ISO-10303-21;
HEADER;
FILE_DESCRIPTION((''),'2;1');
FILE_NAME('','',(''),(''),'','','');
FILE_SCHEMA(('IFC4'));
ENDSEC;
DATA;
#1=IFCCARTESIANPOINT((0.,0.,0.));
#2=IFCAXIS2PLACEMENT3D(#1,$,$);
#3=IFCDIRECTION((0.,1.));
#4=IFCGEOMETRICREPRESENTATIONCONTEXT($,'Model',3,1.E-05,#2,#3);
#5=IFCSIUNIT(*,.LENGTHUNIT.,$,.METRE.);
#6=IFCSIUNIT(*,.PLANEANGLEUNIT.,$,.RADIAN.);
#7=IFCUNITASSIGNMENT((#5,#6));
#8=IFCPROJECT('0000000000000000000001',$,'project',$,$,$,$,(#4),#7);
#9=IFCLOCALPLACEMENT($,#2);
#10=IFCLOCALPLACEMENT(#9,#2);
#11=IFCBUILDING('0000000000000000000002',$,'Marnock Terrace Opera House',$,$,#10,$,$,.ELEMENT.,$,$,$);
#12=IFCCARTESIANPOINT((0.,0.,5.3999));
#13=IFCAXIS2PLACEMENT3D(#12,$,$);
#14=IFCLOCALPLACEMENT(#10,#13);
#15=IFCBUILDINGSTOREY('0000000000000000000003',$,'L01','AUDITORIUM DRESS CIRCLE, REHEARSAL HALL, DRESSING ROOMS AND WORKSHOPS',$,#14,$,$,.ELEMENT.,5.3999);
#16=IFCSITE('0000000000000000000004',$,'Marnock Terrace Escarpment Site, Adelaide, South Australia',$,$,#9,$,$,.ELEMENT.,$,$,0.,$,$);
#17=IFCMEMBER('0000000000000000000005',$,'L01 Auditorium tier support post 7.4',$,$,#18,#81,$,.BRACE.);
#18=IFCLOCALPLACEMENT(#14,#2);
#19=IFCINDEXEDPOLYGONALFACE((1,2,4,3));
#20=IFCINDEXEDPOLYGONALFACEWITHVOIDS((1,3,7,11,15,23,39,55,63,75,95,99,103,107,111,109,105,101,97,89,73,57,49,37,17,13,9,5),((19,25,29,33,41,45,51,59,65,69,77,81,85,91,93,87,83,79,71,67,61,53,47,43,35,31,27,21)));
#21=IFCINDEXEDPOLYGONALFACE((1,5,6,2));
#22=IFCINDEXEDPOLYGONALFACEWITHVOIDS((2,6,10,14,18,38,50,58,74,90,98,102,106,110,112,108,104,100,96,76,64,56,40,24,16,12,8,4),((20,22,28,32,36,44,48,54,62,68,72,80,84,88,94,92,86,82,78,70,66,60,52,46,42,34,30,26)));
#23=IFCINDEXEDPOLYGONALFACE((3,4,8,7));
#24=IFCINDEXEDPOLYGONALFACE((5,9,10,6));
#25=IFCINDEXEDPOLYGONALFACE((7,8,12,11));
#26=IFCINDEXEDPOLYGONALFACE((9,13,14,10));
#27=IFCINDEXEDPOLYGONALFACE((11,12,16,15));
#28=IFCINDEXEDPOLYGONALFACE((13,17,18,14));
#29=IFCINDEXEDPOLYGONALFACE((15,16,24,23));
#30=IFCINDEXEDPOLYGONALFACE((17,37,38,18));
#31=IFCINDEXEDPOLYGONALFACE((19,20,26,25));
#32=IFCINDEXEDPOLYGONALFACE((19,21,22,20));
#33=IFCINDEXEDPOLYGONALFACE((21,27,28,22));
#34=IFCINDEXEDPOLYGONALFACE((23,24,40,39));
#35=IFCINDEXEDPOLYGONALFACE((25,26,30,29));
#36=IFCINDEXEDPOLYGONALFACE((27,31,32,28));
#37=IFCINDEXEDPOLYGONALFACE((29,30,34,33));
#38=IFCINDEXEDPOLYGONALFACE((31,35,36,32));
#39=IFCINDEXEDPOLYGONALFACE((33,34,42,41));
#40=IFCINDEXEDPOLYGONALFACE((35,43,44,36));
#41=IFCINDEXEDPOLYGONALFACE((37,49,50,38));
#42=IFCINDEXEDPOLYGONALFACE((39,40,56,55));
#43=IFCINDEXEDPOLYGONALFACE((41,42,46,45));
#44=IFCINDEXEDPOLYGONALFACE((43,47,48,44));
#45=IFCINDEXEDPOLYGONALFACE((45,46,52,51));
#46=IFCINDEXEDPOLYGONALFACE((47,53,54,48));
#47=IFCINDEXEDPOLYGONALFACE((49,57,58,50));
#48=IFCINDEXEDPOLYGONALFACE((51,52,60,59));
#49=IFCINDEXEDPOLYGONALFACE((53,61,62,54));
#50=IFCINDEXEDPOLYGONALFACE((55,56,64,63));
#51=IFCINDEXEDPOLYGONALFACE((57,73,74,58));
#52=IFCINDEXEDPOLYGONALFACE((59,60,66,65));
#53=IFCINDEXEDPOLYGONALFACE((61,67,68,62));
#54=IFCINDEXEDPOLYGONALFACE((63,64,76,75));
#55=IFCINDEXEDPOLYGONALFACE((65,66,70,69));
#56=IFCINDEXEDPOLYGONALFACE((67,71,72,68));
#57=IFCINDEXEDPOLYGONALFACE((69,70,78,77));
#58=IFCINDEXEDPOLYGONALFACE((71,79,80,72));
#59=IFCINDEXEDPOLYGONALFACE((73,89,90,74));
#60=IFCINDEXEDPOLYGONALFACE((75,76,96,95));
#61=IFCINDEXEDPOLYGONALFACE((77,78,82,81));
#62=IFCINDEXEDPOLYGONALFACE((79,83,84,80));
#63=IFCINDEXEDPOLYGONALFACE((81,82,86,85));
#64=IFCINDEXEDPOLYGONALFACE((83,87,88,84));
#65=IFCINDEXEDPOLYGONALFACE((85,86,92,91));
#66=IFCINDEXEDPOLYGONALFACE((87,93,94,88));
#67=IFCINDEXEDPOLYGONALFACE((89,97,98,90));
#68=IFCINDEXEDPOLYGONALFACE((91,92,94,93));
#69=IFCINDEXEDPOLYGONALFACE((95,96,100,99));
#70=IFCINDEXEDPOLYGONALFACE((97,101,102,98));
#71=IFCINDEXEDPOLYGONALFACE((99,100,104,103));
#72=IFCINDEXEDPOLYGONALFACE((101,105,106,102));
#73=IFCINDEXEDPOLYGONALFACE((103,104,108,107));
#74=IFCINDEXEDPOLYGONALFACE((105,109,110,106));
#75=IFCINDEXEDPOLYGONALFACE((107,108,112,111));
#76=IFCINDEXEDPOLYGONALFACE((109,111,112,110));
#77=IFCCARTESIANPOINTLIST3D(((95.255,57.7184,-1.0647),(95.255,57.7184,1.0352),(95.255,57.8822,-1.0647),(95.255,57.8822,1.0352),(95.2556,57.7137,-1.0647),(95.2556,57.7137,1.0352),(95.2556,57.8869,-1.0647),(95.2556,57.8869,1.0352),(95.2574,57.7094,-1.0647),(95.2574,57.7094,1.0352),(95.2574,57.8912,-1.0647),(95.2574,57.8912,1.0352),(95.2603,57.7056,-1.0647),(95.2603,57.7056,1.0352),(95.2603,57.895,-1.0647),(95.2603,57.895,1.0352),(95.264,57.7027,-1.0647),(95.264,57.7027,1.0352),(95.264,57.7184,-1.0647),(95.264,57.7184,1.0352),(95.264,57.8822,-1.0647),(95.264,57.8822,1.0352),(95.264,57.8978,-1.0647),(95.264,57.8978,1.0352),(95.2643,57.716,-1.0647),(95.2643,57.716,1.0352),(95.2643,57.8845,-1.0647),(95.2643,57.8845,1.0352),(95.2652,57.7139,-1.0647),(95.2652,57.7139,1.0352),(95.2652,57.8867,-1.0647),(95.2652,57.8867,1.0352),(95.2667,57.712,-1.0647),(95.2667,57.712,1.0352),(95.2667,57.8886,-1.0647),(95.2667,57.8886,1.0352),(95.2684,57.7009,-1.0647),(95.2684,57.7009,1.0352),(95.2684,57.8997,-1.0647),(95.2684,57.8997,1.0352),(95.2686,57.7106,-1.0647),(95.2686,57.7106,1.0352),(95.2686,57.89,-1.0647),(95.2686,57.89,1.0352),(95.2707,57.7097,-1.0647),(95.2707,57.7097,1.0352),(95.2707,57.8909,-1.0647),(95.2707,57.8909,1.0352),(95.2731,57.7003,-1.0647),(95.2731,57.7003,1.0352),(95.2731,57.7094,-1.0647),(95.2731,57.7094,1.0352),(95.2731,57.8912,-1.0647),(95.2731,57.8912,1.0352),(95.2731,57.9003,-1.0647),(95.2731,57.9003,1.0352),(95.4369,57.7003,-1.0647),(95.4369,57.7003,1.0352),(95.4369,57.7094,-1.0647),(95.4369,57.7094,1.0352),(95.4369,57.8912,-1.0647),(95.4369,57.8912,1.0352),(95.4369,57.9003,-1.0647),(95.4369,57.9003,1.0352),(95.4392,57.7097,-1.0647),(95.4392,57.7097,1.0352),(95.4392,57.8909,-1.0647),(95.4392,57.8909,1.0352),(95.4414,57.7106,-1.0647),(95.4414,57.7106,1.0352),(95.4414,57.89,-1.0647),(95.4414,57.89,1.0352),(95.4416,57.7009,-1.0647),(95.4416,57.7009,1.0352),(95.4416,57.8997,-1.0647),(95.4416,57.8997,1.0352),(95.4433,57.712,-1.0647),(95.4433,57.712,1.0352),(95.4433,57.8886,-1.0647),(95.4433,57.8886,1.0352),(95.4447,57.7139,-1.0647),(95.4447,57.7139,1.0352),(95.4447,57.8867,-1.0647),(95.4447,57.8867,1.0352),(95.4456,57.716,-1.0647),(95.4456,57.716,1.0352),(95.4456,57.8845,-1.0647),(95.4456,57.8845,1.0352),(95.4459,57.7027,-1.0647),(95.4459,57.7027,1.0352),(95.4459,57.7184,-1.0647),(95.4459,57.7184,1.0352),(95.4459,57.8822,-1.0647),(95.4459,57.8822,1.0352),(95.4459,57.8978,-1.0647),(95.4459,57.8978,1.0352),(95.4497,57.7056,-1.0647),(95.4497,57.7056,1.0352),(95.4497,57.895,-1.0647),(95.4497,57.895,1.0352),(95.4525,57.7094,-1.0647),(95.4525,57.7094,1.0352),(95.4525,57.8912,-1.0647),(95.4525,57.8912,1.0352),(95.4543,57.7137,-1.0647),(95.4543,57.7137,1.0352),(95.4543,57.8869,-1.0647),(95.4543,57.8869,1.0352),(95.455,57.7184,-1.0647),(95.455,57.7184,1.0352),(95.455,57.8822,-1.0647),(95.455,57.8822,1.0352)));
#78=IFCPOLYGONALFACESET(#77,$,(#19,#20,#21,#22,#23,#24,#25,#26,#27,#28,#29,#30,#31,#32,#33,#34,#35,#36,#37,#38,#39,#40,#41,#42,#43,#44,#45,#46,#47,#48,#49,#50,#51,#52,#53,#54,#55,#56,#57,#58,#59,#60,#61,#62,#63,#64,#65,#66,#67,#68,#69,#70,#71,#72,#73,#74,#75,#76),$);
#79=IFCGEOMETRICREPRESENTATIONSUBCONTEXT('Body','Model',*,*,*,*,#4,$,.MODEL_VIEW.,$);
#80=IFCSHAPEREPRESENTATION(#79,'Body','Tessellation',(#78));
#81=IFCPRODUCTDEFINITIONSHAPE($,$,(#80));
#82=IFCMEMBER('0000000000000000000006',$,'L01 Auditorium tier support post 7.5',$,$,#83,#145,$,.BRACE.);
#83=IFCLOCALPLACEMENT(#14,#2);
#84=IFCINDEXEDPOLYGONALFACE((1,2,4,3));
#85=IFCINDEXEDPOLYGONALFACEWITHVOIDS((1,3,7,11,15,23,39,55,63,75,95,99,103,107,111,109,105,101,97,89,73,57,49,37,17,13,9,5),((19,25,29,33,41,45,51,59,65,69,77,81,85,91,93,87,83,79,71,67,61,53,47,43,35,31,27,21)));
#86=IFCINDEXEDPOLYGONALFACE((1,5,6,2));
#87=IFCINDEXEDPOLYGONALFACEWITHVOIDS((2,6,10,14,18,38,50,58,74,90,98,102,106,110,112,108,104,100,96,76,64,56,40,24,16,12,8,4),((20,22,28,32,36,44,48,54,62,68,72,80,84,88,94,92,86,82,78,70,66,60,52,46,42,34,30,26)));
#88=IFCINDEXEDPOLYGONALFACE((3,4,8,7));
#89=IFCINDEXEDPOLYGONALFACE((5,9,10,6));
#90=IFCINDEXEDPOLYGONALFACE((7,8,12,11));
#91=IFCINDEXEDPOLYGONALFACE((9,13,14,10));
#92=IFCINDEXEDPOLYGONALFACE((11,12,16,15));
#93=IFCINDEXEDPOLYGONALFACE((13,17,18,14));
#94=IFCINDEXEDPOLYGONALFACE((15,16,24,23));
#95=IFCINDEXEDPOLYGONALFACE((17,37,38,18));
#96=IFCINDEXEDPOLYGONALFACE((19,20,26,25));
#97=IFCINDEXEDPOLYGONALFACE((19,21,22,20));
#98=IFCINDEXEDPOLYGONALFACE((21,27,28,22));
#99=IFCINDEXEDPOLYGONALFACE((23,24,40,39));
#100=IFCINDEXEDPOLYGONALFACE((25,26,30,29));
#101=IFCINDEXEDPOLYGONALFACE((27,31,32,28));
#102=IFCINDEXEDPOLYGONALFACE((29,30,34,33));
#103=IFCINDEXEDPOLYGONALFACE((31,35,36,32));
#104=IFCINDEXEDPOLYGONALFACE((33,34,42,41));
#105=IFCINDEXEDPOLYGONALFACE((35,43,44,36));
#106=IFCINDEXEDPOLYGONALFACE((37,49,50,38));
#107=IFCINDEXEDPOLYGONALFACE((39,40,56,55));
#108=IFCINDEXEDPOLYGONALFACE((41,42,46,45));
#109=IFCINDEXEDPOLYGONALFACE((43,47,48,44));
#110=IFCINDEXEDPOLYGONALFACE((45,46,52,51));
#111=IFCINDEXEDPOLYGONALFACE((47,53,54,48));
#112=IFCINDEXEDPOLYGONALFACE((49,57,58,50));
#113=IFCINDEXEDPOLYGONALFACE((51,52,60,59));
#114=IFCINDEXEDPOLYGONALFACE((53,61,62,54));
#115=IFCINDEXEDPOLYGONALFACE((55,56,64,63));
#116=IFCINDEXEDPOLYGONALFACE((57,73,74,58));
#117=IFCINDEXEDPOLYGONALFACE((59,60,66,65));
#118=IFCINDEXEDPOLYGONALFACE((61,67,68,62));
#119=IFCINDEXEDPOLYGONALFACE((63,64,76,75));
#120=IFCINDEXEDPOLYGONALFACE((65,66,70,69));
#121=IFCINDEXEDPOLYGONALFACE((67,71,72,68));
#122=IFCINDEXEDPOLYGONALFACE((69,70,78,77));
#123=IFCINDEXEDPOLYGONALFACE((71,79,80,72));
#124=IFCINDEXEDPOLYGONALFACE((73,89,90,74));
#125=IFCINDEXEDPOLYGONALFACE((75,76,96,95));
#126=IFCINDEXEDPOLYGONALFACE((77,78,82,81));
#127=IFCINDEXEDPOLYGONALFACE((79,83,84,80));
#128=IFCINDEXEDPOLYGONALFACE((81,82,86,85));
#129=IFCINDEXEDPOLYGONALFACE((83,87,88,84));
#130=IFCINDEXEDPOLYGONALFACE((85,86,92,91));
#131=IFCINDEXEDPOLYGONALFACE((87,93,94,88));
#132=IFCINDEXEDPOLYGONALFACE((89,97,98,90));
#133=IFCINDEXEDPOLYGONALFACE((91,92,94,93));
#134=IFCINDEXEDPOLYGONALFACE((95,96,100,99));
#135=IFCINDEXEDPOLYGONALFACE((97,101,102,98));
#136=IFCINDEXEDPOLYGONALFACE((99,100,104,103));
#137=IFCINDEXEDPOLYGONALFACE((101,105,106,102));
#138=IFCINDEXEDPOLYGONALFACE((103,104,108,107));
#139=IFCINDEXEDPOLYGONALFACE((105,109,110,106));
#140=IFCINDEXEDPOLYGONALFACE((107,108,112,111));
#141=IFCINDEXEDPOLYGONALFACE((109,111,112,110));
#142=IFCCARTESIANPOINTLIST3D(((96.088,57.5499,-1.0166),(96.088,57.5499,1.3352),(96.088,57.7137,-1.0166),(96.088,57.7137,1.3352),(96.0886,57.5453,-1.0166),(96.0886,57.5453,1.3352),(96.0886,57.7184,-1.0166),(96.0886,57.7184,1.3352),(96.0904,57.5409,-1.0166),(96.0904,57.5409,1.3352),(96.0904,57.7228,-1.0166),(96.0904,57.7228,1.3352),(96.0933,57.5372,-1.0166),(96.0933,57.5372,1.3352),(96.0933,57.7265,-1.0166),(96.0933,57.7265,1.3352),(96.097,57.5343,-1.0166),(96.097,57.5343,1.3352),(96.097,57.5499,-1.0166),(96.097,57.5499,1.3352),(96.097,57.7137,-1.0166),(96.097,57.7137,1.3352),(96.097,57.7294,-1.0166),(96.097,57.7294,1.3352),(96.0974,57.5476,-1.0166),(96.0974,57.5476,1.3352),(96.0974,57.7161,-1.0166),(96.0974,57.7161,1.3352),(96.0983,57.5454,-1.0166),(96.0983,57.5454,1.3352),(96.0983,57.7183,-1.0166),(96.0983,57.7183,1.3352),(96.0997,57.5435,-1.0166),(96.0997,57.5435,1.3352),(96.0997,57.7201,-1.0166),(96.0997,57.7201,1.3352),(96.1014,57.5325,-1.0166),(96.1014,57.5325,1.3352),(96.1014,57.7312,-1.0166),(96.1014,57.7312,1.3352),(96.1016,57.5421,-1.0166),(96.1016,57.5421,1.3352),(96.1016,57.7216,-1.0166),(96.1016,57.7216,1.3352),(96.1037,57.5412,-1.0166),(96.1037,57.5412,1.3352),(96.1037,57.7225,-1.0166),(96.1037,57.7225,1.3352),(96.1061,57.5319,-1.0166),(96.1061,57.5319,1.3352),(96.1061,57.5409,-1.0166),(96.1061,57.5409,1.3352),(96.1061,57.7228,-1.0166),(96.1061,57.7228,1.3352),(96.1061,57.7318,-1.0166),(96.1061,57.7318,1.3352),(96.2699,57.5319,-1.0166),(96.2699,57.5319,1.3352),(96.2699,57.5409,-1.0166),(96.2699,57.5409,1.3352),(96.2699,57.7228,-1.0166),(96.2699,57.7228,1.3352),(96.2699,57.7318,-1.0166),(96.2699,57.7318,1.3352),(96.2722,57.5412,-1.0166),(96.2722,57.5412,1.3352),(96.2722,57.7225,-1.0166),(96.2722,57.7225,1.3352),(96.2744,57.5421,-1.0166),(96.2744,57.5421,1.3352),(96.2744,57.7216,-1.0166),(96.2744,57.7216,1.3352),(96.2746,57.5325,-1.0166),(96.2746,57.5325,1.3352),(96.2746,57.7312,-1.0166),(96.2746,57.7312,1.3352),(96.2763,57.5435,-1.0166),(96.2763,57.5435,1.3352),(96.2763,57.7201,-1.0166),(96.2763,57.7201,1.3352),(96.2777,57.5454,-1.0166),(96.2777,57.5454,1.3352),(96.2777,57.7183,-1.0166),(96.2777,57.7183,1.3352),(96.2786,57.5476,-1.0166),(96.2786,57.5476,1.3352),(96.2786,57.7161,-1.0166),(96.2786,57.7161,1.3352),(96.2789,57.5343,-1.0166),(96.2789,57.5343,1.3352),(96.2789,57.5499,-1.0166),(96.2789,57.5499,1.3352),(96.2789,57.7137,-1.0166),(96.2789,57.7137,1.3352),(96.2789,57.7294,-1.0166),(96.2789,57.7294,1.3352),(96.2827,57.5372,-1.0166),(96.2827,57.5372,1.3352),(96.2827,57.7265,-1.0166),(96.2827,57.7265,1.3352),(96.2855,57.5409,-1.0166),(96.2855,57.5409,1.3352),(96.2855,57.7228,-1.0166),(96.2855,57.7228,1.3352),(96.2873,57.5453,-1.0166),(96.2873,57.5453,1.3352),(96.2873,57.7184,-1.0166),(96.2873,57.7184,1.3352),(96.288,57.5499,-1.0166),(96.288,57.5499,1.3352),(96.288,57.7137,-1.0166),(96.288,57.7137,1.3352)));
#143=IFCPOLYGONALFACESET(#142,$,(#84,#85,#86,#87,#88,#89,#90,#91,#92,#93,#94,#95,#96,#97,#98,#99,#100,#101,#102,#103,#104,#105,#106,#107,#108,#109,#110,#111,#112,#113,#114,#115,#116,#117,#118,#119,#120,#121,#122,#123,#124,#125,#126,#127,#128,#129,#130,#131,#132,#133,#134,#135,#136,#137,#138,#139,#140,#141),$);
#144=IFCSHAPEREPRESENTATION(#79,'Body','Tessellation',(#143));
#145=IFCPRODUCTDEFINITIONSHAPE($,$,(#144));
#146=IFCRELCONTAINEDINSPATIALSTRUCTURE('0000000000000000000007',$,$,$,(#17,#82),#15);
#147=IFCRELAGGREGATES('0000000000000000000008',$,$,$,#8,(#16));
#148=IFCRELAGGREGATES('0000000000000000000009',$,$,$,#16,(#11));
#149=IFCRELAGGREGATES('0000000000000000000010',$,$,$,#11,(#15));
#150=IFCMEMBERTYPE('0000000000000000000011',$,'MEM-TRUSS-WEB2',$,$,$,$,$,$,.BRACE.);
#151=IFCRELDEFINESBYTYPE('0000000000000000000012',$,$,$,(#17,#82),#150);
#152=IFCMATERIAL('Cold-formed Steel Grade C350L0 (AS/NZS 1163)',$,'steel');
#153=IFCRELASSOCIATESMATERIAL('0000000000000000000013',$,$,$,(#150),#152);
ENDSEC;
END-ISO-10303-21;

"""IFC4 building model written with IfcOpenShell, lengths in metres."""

from ifc_helpers import new_model, si_unit, direction, frame, origin, origin_2d, place, context, subcontext, project, spatial, hollow_rectangle, extrude, material, material_profile, profile_set, type_object, element, save


model = new_model("IFC4")

# Units and contexts
model_context = context("Model", 3, precision=1e-05, world=origin(), true_north=direction((0.0, 1.0)))
body_context = subcontext(model_context, "Body", "Model", "MODEL_VIEW")
ifc_project = project(units=[si_unit("LENGTHUNIT", "METRE"), si_unit("PLANEANGLEUNIT", "RADIAN")], contexts=[model_context])

# Site, building, storey
site_placement = place(None, origin())
site = spatial("IfcSite", under=ifc_project, at=site_placement, Name="Marnock Terrace Escarpment Site, Adelaide, South Australia", CompositionType="ELEMENT", RefElevation=0.0)
building_placement = place(site_placement, origin())
building = spatial("IfcBuilding", under=site, at=building_placement, Name="Marnock Terrace Opera House", CompositionType="ELEMENT")
storey_placement = place(building_placement, frame((0.0, 0.0, 5.3999)))
storey = spatial("IfcBuildingStorey", under=building, at=storey_placement, Name="L01", Description="AUDITORIUM DRESS CIRCLE, REHEARSAL HALL, DRESSING ROOMS AND WORKSHOPS", CompositionType="ELEMENT", Elevation=5.3999)

# Members
ifc_material_1 = material(Name="Cold-formed Steel Grade C350L0 (AS/NZS 1163)", Category="steel")
ifc_material_profile_1 = material_profile(ifc_material_1, hollow_rectangle(XDim=0.2, YDim=0.2, WallThickness=0.009, InnerFilletRadius=0.009, OuterFilletRadius=0.0181, at=origin_2d()))
ifc_profile_set_1 = profile_set([ifc_material_profile_1], Name="Cold-formed Steel Grade C350L0 (AS/NZS 1163)")
member_type = type_object("IfcMemberType", Name="MEM-TRUSS-WEB2", PredefinedType="BRACE", material=ifc_profile_set_1)
member_1_placement = place(storey_placement, frame((95.355, 57.8003, -1.0647), z_axis=(0.0, 0.0, 1.0), x_axis=(1.0, 0.0, 0.0)))
element("IfcMember", 1, at=member_1_placement, inside=storey, type_object=member_type, Name="L01 Auditorium tier support post 7.4", PredefinedType="BRACE", context=body_context, shape_type="SweptSolid", body=[
    extrude(hollow_rectangle(XDim=0.2, YDim=0.2, WallThickness=0.009, InnerFilletRadius=0.009, OuterFilletRadius=0.0181, at=origin_2d()), origin(), (0.0, 0.0, 1.0), 2.0999),
])
member_2_placement = place(storey_placement, frame((96.188, 57.6318, -1.0166), z_axis=(0.0, 0.0, 1.0), x_axis=(1.0, 0.0, 0.0)))
element("IfcMember", 2, at=member_2_placement, inside=storey, type_object=member_type, Name="L01 Auditorium tier support post 7.5", PredefinedType="BRACE", context=body_context, shape_type="SweptSolid", body=[
    extrude(hollow_rectangle(XDim=0.2, YDim=0.2, WallThickness=0.009, InnerFilletRadius=0.009, OuterFilletRadius=0.0181, at=origin_2d()), origin(), (0.0, 0.0, 1.0), 2.3518),
])

save(model, "model.ifc")
